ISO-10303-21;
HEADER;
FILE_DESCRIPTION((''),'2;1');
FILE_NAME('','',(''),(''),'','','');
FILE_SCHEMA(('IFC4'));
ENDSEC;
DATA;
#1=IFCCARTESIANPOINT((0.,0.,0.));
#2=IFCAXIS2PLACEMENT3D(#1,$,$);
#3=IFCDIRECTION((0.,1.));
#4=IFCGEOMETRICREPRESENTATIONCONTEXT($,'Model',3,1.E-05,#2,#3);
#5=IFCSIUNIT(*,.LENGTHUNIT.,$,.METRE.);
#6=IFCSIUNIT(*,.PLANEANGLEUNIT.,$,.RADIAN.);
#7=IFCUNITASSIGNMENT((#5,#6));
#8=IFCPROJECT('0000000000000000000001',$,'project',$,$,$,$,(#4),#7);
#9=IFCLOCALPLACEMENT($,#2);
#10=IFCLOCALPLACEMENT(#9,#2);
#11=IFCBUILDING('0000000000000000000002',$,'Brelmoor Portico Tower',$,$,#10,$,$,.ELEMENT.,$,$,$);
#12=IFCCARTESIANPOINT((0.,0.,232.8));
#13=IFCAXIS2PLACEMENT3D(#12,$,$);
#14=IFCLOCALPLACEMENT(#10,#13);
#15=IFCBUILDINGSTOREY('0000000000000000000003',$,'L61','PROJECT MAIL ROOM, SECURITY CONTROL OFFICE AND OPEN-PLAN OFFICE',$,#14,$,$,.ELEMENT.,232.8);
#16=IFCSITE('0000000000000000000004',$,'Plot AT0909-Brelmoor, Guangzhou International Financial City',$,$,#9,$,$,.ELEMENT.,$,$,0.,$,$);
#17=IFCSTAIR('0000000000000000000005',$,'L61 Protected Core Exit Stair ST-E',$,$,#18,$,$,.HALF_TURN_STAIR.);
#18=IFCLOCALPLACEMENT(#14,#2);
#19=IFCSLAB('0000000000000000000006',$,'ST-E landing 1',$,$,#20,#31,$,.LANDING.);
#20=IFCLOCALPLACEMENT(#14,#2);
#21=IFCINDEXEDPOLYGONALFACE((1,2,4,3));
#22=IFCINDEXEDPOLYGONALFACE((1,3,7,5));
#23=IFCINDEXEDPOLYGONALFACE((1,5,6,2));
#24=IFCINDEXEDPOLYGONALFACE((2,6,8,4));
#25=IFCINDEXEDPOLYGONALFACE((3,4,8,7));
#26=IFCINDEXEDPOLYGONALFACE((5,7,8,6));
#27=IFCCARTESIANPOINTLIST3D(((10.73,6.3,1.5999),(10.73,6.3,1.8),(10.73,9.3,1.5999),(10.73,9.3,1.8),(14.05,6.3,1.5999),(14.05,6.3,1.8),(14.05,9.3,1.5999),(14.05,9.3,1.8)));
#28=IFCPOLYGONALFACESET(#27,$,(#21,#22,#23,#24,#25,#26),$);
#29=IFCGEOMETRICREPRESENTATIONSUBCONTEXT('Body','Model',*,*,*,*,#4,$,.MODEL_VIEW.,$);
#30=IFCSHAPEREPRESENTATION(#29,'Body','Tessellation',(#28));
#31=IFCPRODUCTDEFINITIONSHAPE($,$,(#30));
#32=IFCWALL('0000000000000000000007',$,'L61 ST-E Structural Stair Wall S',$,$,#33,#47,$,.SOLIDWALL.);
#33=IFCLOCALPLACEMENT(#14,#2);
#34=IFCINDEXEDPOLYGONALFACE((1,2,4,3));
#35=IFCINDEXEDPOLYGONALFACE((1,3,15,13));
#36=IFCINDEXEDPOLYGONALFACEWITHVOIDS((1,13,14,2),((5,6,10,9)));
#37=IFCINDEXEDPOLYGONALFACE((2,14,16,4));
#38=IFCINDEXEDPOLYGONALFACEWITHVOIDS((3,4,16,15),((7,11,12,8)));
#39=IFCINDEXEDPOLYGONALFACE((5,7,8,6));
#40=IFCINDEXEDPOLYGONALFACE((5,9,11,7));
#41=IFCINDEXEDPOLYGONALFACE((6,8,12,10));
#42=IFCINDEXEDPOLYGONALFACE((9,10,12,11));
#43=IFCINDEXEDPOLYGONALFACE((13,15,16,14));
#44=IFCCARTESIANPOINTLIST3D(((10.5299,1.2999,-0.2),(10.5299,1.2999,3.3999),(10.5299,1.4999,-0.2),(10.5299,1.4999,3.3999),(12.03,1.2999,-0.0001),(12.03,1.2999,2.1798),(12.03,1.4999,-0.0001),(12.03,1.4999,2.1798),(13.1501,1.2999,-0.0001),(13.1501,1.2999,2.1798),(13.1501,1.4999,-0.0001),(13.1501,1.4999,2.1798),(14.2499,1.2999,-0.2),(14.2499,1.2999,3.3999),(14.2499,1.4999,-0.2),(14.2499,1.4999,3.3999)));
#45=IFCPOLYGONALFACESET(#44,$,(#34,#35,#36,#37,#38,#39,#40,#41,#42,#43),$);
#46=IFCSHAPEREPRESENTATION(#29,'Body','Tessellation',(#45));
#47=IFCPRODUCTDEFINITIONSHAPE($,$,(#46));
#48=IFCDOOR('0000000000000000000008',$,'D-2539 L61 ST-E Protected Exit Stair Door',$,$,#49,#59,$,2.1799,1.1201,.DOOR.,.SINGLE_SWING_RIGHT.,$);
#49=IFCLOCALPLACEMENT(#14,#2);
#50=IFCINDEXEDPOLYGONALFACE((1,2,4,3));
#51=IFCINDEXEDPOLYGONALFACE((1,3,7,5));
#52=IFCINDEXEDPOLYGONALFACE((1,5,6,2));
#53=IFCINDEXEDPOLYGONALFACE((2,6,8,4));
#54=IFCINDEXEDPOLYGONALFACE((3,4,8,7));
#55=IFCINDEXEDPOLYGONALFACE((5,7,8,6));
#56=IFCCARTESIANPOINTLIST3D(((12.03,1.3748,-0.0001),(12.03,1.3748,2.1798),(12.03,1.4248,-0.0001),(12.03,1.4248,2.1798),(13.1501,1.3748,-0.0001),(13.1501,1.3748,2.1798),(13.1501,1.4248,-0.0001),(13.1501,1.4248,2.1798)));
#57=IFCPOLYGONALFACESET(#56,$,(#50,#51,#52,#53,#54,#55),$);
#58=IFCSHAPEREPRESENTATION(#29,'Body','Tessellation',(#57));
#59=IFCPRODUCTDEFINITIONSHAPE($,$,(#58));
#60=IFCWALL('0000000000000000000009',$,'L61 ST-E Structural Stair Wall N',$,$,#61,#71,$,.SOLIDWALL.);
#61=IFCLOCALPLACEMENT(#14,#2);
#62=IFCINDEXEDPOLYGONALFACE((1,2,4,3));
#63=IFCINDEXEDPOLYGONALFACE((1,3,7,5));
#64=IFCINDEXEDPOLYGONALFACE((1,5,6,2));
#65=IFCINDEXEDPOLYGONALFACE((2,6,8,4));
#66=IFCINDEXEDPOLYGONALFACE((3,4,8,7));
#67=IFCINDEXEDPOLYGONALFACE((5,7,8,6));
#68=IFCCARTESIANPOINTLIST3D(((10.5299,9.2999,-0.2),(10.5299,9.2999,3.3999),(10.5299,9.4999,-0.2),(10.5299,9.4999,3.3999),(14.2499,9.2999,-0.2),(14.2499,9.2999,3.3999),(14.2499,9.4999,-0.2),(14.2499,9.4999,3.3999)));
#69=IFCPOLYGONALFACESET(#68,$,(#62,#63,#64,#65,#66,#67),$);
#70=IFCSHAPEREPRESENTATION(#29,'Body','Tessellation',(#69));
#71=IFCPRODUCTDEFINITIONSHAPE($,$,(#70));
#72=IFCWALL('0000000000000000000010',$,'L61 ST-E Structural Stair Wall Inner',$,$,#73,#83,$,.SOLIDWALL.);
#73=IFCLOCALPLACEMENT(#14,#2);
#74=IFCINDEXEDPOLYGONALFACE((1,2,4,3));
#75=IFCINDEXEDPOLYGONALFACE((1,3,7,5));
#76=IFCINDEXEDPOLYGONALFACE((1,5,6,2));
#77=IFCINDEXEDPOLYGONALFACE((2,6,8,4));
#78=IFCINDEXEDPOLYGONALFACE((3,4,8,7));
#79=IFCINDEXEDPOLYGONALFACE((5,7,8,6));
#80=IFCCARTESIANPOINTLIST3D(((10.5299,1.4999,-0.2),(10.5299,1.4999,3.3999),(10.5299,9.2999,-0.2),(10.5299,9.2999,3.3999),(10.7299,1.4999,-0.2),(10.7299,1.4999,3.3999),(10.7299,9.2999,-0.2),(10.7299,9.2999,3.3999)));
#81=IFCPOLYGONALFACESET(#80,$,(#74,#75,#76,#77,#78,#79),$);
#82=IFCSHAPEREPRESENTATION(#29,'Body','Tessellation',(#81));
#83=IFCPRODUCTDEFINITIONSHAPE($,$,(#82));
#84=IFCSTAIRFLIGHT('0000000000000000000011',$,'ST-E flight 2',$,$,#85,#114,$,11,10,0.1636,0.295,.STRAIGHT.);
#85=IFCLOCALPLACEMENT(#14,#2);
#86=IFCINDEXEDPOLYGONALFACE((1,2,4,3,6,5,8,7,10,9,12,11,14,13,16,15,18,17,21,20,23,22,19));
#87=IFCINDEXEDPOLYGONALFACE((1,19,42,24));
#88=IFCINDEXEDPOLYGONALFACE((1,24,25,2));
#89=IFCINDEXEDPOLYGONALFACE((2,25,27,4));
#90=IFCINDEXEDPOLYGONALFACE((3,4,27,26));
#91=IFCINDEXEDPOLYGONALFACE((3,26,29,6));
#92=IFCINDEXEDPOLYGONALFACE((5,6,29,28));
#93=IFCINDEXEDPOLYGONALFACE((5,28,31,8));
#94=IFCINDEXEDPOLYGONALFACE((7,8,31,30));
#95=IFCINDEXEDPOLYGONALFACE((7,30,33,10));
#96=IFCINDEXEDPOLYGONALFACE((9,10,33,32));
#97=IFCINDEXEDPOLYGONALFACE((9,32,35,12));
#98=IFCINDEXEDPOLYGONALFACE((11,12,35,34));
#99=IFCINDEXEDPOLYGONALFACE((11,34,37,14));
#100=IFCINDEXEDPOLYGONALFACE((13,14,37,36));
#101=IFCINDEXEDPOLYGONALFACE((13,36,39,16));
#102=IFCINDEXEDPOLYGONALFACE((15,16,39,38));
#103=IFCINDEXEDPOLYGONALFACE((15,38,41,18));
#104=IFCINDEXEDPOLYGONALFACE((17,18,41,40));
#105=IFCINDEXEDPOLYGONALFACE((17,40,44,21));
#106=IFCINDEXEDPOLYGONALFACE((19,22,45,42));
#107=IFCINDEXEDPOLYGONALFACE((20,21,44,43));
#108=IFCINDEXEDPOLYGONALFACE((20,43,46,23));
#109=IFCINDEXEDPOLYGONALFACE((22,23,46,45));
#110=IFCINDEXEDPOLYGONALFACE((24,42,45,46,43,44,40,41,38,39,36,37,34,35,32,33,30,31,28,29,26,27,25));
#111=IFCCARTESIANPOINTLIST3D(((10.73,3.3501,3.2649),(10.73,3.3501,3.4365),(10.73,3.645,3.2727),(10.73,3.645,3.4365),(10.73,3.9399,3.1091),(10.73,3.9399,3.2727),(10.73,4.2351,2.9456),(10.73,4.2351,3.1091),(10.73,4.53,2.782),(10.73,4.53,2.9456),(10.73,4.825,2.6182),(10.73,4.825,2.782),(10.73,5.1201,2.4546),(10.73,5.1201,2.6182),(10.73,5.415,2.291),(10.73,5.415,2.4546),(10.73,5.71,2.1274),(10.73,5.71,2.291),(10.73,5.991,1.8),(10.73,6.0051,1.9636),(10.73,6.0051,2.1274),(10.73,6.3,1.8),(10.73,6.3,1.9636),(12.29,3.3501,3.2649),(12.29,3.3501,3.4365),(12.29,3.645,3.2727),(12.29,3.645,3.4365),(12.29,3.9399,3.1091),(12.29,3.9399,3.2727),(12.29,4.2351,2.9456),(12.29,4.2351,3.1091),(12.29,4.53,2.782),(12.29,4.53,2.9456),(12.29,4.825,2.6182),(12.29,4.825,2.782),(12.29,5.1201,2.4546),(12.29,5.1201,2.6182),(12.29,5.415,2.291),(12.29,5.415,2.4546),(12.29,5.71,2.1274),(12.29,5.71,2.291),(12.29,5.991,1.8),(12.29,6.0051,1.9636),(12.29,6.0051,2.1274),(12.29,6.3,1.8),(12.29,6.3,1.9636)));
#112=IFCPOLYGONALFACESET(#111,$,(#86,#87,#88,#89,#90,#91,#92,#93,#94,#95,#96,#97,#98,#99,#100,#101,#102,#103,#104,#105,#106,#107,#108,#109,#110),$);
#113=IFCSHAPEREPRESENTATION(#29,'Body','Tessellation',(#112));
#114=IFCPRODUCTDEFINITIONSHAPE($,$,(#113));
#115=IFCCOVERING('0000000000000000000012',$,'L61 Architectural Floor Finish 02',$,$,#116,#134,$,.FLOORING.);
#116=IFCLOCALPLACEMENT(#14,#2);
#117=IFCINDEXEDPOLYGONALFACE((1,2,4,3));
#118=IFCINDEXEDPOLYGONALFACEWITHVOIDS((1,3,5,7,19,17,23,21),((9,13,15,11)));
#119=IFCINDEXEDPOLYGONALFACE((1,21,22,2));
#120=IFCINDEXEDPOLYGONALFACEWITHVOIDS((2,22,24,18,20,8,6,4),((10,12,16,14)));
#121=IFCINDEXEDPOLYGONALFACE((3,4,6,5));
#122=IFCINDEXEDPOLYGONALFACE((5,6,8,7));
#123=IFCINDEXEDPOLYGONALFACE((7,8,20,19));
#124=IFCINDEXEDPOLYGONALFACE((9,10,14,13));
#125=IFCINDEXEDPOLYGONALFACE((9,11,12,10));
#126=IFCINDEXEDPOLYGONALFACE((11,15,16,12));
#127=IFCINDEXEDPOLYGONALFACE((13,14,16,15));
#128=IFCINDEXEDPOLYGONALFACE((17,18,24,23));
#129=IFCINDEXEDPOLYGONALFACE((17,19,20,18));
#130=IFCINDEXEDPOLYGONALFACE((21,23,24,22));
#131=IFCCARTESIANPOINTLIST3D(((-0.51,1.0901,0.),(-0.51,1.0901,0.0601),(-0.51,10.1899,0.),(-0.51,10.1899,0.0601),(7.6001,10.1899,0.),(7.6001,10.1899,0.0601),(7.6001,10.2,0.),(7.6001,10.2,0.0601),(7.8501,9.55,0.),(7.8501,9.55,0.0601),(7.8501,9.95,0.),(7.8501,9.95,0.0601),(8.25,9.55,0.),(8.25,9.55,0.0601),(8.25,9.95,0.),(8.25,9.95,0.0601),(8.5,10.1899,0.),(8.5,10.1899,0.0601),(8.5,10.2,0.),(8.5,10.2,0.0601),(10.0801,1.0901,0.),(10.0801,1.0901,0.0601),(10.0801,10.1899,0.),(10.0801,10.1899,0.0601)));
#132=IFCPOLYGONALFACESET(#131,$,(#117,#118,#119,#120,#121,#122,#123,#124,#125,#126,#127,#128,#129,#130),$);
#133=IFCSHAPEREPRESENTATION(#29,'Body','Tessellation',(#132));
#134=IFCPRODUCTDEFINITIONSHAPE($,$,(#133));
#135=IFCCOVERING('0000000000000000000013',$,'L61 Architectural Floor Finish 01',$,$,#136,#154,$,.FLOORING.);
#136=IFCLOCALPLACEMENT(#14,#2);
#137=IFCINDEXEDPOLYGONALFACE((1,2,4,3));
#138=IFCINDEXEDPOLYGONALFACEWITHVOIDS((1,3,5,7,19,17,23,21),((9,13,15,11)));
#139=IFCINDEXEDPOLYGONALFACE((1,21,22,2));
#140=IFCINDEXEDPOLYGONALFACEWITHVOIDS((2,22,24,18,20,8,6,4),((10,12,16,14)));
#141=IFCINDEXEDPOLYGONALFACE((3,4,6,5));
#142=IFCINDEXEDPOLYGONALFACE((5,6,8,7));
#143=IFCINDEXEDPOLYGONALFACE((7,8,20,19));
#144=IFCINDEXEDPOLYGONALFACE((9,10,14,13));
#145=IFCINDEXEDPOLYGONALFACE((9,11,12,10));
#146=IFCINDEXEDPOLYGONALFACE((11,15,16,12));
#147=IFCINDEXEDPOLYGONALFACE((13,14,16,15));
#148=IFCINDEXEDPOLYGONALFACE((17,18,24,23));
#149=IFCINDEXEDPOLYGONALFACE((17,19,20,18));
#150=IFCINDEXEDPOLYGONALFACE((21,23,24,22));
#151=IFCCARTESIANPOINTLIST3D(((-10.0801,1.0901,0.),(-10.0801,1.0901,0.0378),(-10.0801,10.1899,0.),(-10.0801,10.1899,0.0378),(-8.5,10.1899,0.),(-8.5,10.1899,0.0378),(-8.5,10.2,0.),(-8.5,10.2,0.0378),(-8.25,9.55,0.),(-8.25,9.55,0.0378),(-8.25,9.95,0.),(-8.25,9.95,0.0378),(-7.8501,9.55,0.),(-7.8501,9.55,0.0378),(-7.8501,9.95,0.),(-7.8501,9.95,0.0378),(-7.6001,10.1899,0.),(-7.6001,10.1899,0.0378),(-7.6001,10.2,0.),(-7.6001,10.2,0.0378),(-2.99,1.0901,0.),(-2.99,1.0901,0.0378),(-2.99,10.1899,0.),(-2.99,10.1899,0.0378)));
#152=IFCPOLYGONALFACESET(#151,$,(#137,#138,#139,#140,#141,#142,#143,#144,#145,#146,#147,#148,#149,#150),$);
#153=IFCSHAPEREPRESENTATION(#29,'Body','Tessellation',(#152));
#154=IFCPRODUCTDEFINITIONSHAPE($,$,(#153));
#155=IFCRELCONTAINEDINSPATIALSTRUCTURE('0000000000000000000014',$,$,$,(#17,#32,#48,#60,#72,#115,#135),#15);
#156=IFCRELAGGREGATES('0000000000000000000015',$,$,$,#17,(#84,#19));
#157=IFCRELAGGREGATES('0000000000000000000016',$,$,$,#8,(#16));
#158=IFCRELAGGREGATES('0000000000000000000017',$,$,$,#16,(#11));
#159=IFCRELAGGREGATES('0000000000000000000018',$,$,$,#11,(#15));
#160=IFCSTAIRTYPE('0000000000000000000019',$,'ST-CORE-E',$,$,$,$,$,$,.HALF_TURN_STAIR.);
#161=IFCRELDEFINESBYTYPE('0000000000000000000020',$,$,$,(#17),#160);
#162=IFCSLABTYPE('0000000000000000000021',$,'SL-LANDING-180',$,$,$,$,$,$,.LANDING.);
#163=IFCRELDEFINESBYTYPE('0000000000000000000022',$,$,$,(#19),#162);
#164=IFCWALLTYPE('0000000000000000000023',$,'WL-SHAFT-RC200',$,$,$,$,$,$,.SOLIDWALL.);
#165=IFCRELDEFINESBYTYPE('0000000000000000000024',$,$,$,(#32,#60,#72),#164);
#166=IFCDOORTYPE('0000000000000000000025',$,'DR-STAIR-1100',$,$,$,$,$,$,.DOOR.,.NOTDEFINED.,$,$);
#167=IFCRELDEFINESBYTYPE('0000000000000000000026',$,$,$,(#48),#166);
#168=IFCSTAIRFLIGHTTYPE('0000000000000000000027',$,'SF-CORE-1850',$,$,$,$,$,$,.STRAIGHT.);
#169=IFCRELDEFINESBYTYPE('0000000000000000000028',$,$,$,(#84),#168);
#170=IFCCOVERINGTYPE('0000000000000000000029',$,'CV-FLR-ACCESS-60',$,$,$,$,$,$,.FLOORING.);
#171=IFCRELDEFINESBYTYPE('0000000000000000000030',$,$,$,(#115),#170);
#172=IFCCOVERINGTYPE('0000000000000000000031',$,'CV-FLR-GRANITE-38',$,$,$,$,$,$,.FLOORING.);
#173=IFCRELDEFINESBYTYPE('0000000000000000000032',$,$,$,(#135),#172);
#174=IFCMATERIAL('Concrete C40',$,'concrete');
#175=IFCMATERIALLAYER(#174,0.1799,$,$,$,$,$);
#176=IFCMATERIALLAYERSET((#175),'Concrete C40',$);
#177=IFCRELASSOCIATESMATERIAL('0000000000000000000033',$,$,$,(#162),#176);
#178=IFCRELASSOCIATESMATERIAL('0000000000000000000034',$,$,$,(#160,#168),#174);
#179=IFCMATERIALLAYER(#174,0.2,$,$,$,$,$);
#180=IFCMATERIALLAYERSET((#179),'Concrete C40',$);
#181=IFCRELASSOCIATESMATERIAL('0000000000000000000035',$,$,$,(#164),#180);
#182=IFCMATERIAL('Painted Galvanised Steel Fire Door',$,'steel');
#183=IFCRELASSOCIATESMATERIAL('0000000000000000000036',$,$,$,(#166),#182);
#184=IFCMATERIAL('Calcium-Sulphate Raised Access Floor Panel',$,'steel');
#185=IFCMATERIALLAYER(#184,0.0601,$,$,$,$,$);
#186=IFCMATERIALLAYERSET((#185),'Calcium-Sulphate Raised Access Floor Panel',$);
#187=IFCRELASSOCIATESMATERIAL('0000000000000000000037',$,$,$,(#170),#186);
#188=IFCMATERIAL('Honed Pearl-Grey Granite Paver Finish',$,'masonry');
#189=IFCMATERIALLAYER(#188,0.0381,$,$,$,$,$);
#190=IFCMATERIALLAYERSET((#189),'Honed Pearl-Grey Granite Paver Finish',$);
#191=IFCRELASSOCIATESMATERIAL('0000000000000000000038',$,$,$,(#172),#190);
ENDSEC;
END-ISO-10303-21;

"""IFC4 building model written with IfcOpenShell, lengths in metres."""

from ifc_helpers import new_model, si_unit, direction, frame, frame_2d, origin, place, context, subcontext, project, spatial, polyline, rectangle, outline, extrude, material, layer, layer_set, type_object, element, fill, aggregate, save


model = new_model("IFC4")

# Units and contexts
model_context = context("Model", 3, precision=1e-05, world=origin(), true_north=direction((0.0, 1.0)))
body_context = subcontext(model_context, "Body", "Model", "MODEL_VIEW")
ifc_project = project(units=[si_unit("LENGTHUNIT", "METRE"), si_unit("PLANEANGLEUNIT", "RADIAN")], contexts=[model_context])

# Site, building, storey
site_placement = place(None, origin())
site = spatial("IfcSite", under=ifc_project, at=site_placement, Name="Plot AT0909-Brelmoor, Guangzhou International Financial City", CompositionType="ELEMENT", RefElevation=0.0)
building_placement = place(site_placement, origin())
building = spatial("IfcBuilding", under=site, at=building_placement, Name="Brelmoor Portico Tower", CompositionType="ELEMENT")
storey_placement = place(building_placement, frame((0.0, 0.0, 232.8)))
storey = spatial("IfcBuildingStorey", under=building, at=storey_placement, Name="L61", Description="PROJECT MAIL ROOM, SECURITY CONTROL OFFICE AND OPEN-PLAN OFFICE", CompositionType="ELEMENT", Elevation=232.8)

# Shared definitions
ifc_material_1 = material(Name="Concrete C40", Category="concrete")

# Stair, slab
ifc_layer_1 = layer(ifc_material_1, 0.1799)
ifc_layer_set_1 = layer_set([ifc_layer_1], Name="Concrete C40")
slab_type_1 = type_object("IfcSlabType", Name="SL-LANDING-180", PredefinedType="LANDING", material=ifc_layer_set_1)
stair_type_1 = type_object("IfcStairType", Name="ST-CORE-E", PredefinedType="HALF_TURN_STAIR", material=ifc_material_1)
stair_1_placement = place(storey_placement, origin())
stair_1 = element("IfcStair", 1, at=stair_1_placement, inside=storey, type_object=stair_type_1, Name="L61 Protected Core Exit Stair ST-E", PredefinedType="HALF_TURN_STAIR")
slab_1_placement = place(storey_placement, frame((0.0, 0.0, 1.5999)))
slab_1 = element("IfcSlab", 2, at=slab_1_placement, type_object=slab_type_1, Name="ST-E landing 1", PredefinedType="LANDING", context=body_context, shape_type="SweptSolid", body=[
    extrude(outline(polyline([(14.05, 6.3), (14.05, 9.3), (10.73, 9.3), (10.73, 6.3), (14.05, 6.3)])), origin(), (0.0, 0.0, 1.0), 0.2002),
])

# Wall, opening, door
ifc_layer_2 = layer(ifc_material_1, 0.2)
ifc_layer_set_2 = layer_set([ifc_layer_2], Name="Concrete C40")
wall_type = type_object("IfcWallType", Name="WL-SHAFT-RC200", PredefinedType="SOLIDWALL", material=ifc_layer_set_2)
wall_1_placement = place(storey_placement, frame((10.53, 1.3999, -0.2), z_axis=(0.0, 0.0, 1.0), x_axis=(1.0, 0.0, 0.0)))
wall_1 = element("IfcWall", 3, at=wall_1_placement, inside=storey, type_object=wall_type, Name="L61 ST-E Structural Stair Wall S", PredefinedType="SOLIDWALL", context=body_context, shape_type="SweptSolid", body=[
    extrude(rectangle(XDim=3.72, YDim=0.2, at=frame_2d((1.8599, 0.0))), origin(), (0.0, 0.0, 1.0), 3.5999),
])
opening_placement = place(wall_1_placement, frame((1.5, 0.0, 0.2)))
opening = element("IfcOpeningElement", 4, at=opening_placement, cuts=wall_1, PredefinedType="OPENING", context=body_context, shape_type="SweptSolid", body=[
    extrude(rectangle(XDim=1.1201, YDim=2.1799, at=frame_2d((0.5601, 1.0898))), frame((0.0, 0.1099, 0.0), z_axis=(0.0, -1.0, 0.0), x_axis=(1.0, 0.0, 0.0)), (0.0, 0.0, 1.0), 0.22),
])
ifc_material_2 = material(Name="Painted Galvanised Steel Fire Door", Category="steel")
door_type = type_object("IfcDoorType", Name="DR-STAIR-1100", OperationType="NOTDEFINED", PredefinedType="DOOR", material=ifc_material_2)
door_placement = place(opening_placement, origin())
door = element("IfcDoor", 5, at=door_placement, inside=storey, type_object=door_type, Name="D-2539 L61 ST-E Protected Exit Stair Door", OperationType="SINGLE_SWING_RIGHT", OverallHeight=2.1799, OverallWidth=1.1201, PredefinedType="DOOR", context=body_context, shape_type="SweptSolid", body=[
    extrude(rectangle(XDim=1.1201, YDim=2.1799, at=frame_2d((0.5601, 1.0898))), frame((0.0, 0.0249, 0.0), z_axis=(0.0, -1.0, 0.0), x_axis=(1.0, 0.0, 0.0)), (0.0, 0.0, 1.0), 0.05),
])
fill(opening, door)

# Walls
wall_2_placement = place(storey_placement, frame((10.53, 9.3999, -0.2), z_axis=(0.0, 0.0, 1.0), x_axis=(1.0, 0.0, 0.0)))
element("IfcWall", 6, at=wall_2_placement, inside=storey, type_object=wall_type, Name="L61 ST-E Structural Stair Wall N", PredefinedType="SOLIDWALL", context=body_context, shape_type="SweptSolid", body=[
    extrude(rectangle(XDim=3.72, YDim=0.2, at=frame_2d((1.8599, 0.0))), origin(), (0.0, 0.0, 1.0), 3.5999),
])
wall_3_placement = place(storey_placement, frame((10.6299, 1.5, -0.2), z_axis=(0.0, 0.0, 1.0), x_axis=(0.0, 1.0, 0.0)))
element("IfcWall", 7, at=wall_3_placement, inside=storey, type_object=wall_type, Name="L61 ST-E Structural Stair Wall Inner", PredefinedType="SOLIDWALL", context=body_context, shape_type="SweptSolid", body=[
    extrude(rectangle(XDim=7.8, YDim=0.2, at=frame_2d((3.8999, 0.0))), origin(), (0.0, 0.0, 1.0), 3.5999),
])

# Stair flight
stair_flight_type = type_object("IfcStairFlightType", Name="SF-CORE-1850", PredefinedType="STRAIGHT", material=ifc_material_1)
stair_flight_placement = place(storey_placement, frame((11.51, 6.3, 1.8), z_axis=(0.0, 0.0, 1.0), x_axis=(0.0, -1.0, 0.0)))
stair_flight = element("IfcStairFlight", 8, at=stair_flight_placement, type_object=stair_flight_type, Name="ST-E flight 2", NumberOfRisers=11, NumberOfTreads=10, PredefinedType="STRAIGHT", RiserHeight=0.1636, TreadLength=0.295, context=body_context, shape_type="SweptSolid", body=[
    extrude(outline(polyline([(0.0, 0.0), (0.0, 0.1636), (0.2949, 0.1636), (0.2949, 0.3274), (0.5901, 0.3274), (0.5901, 0.491), (0.885, 0.491), (0.885, 0.6545), (1.1799, 0.6545), (1.1799, 0.8181), (1.4751, 0.8181), (1.4751, 0.9819), (1.77, 0.9819), (1.77, 1.1455), (2.0649, 1.1455), (2.0649, 1.3091), (2.3601, 1.3091), (2.3601, 1.4727), (2.655, 1.4727), (2.655, 1.6365), (2.95, 1.6365), (2.95, 1.8), (2.95, 1.4648), (0.3091, 0.0), (0.0, 0.0)])), frame((0.0, 0.78, 0.0), z_axis=(0.0, -1.0, 0.0), x_axis=(1.0, 0.0, 0.0)), (0.0, 0.0, 1.0), 1.5601),
])
aggregate(stair_1, [stair_flight, slab_1])

# Coverings
ifc_material_3 = material(Name="Calcium-Sulphate Raised Access Floor Panel", Category="steel")
ifc_layer_3 = layer(ifc_material_3, 0.0601)
ifc_layer_set_3 = layer_set([ifc_layer_3], Name="Calcium-Sulphate Raised Access Floor Panel")
covering_type_1 = type_object("IfcCoveringType", Name="CV-FLR-ACCESS-60", PredefinedType="FLOORING", material=ifc_layer_set_3)
covering_1_placement = place(storey_placement, origin())
element("IfcCovering", 9, at=covering_1_placement, inside=storey, type_object=covering_type_1, Name="L61 Architectural Floor Finish 02", PredefinedType="FLOORING", context=body_context, shape_type="SweptSolid", body=[
    extrude(outline(polyline([(-0.51, 10.1899), (7.6001, 10.1899), (7.6001, 10.2), (8.5, 10.2), (8.5, 10.1899), (10.0801, 10.1899), (10.0801, 1.0901), (-0.51, 1.0901), (-0.51, 10.1899)]), holes=[polyline([(8.25, 9.55), (8.25, 9.95), (7.8501, 9.95), (7.8501, 9.55), (8.25, 9.55)])]), origin(), (0.0, 0.0, 1.0), 0.0601),
])
ifc_material_4 = material(Name="Honed Pearl-Grey Granite Paver Finish", Category="masonry")
ifc_layer_4 = layer(ifc_material_4, 0.0381)
ifc_layer_set_4 = layer_set([ifc_layer_4], Name="Honed Pearl-Grey Granite Paver Finish")
covering_type_2 = type_object("IfcCoveringType", Name="CV-FLR-GRANITE-38", PredefinedType="FLOORING", material=ifc_layer_set_4)
covering_2_placement = place(storey_placement, origin())
element("IfcCovering", 10, at=covering_2_placement, inside=storey, type_object=covering_type_2, Name="L61 Architectural Floor Finish 01", PredefinedType="FLOORING", context=body_context, shape_type="SweptSolid", body=[
    extrude(outline(polyline([(-10.0801, 10.1899), (-8.5, 10.1899), (-8.5, 10.2), (-7.6001, 10.2), (-7.6001, 10.1899), (-2.99, 10.1899), (-2.99, 1.0901), (-10.0801, 1.0901), (-10.0801, 10.1899)]), holes=[polyline([(-7.8501, 9.55), (-7.8501, 9.95), (-8.25, 9.95), (-8.25, 9.55), (-7.8501, 9.55)])]), origin(), (0.0, 0.0, 1.0), 0.0378),
])

save(model, "model.ifc")
